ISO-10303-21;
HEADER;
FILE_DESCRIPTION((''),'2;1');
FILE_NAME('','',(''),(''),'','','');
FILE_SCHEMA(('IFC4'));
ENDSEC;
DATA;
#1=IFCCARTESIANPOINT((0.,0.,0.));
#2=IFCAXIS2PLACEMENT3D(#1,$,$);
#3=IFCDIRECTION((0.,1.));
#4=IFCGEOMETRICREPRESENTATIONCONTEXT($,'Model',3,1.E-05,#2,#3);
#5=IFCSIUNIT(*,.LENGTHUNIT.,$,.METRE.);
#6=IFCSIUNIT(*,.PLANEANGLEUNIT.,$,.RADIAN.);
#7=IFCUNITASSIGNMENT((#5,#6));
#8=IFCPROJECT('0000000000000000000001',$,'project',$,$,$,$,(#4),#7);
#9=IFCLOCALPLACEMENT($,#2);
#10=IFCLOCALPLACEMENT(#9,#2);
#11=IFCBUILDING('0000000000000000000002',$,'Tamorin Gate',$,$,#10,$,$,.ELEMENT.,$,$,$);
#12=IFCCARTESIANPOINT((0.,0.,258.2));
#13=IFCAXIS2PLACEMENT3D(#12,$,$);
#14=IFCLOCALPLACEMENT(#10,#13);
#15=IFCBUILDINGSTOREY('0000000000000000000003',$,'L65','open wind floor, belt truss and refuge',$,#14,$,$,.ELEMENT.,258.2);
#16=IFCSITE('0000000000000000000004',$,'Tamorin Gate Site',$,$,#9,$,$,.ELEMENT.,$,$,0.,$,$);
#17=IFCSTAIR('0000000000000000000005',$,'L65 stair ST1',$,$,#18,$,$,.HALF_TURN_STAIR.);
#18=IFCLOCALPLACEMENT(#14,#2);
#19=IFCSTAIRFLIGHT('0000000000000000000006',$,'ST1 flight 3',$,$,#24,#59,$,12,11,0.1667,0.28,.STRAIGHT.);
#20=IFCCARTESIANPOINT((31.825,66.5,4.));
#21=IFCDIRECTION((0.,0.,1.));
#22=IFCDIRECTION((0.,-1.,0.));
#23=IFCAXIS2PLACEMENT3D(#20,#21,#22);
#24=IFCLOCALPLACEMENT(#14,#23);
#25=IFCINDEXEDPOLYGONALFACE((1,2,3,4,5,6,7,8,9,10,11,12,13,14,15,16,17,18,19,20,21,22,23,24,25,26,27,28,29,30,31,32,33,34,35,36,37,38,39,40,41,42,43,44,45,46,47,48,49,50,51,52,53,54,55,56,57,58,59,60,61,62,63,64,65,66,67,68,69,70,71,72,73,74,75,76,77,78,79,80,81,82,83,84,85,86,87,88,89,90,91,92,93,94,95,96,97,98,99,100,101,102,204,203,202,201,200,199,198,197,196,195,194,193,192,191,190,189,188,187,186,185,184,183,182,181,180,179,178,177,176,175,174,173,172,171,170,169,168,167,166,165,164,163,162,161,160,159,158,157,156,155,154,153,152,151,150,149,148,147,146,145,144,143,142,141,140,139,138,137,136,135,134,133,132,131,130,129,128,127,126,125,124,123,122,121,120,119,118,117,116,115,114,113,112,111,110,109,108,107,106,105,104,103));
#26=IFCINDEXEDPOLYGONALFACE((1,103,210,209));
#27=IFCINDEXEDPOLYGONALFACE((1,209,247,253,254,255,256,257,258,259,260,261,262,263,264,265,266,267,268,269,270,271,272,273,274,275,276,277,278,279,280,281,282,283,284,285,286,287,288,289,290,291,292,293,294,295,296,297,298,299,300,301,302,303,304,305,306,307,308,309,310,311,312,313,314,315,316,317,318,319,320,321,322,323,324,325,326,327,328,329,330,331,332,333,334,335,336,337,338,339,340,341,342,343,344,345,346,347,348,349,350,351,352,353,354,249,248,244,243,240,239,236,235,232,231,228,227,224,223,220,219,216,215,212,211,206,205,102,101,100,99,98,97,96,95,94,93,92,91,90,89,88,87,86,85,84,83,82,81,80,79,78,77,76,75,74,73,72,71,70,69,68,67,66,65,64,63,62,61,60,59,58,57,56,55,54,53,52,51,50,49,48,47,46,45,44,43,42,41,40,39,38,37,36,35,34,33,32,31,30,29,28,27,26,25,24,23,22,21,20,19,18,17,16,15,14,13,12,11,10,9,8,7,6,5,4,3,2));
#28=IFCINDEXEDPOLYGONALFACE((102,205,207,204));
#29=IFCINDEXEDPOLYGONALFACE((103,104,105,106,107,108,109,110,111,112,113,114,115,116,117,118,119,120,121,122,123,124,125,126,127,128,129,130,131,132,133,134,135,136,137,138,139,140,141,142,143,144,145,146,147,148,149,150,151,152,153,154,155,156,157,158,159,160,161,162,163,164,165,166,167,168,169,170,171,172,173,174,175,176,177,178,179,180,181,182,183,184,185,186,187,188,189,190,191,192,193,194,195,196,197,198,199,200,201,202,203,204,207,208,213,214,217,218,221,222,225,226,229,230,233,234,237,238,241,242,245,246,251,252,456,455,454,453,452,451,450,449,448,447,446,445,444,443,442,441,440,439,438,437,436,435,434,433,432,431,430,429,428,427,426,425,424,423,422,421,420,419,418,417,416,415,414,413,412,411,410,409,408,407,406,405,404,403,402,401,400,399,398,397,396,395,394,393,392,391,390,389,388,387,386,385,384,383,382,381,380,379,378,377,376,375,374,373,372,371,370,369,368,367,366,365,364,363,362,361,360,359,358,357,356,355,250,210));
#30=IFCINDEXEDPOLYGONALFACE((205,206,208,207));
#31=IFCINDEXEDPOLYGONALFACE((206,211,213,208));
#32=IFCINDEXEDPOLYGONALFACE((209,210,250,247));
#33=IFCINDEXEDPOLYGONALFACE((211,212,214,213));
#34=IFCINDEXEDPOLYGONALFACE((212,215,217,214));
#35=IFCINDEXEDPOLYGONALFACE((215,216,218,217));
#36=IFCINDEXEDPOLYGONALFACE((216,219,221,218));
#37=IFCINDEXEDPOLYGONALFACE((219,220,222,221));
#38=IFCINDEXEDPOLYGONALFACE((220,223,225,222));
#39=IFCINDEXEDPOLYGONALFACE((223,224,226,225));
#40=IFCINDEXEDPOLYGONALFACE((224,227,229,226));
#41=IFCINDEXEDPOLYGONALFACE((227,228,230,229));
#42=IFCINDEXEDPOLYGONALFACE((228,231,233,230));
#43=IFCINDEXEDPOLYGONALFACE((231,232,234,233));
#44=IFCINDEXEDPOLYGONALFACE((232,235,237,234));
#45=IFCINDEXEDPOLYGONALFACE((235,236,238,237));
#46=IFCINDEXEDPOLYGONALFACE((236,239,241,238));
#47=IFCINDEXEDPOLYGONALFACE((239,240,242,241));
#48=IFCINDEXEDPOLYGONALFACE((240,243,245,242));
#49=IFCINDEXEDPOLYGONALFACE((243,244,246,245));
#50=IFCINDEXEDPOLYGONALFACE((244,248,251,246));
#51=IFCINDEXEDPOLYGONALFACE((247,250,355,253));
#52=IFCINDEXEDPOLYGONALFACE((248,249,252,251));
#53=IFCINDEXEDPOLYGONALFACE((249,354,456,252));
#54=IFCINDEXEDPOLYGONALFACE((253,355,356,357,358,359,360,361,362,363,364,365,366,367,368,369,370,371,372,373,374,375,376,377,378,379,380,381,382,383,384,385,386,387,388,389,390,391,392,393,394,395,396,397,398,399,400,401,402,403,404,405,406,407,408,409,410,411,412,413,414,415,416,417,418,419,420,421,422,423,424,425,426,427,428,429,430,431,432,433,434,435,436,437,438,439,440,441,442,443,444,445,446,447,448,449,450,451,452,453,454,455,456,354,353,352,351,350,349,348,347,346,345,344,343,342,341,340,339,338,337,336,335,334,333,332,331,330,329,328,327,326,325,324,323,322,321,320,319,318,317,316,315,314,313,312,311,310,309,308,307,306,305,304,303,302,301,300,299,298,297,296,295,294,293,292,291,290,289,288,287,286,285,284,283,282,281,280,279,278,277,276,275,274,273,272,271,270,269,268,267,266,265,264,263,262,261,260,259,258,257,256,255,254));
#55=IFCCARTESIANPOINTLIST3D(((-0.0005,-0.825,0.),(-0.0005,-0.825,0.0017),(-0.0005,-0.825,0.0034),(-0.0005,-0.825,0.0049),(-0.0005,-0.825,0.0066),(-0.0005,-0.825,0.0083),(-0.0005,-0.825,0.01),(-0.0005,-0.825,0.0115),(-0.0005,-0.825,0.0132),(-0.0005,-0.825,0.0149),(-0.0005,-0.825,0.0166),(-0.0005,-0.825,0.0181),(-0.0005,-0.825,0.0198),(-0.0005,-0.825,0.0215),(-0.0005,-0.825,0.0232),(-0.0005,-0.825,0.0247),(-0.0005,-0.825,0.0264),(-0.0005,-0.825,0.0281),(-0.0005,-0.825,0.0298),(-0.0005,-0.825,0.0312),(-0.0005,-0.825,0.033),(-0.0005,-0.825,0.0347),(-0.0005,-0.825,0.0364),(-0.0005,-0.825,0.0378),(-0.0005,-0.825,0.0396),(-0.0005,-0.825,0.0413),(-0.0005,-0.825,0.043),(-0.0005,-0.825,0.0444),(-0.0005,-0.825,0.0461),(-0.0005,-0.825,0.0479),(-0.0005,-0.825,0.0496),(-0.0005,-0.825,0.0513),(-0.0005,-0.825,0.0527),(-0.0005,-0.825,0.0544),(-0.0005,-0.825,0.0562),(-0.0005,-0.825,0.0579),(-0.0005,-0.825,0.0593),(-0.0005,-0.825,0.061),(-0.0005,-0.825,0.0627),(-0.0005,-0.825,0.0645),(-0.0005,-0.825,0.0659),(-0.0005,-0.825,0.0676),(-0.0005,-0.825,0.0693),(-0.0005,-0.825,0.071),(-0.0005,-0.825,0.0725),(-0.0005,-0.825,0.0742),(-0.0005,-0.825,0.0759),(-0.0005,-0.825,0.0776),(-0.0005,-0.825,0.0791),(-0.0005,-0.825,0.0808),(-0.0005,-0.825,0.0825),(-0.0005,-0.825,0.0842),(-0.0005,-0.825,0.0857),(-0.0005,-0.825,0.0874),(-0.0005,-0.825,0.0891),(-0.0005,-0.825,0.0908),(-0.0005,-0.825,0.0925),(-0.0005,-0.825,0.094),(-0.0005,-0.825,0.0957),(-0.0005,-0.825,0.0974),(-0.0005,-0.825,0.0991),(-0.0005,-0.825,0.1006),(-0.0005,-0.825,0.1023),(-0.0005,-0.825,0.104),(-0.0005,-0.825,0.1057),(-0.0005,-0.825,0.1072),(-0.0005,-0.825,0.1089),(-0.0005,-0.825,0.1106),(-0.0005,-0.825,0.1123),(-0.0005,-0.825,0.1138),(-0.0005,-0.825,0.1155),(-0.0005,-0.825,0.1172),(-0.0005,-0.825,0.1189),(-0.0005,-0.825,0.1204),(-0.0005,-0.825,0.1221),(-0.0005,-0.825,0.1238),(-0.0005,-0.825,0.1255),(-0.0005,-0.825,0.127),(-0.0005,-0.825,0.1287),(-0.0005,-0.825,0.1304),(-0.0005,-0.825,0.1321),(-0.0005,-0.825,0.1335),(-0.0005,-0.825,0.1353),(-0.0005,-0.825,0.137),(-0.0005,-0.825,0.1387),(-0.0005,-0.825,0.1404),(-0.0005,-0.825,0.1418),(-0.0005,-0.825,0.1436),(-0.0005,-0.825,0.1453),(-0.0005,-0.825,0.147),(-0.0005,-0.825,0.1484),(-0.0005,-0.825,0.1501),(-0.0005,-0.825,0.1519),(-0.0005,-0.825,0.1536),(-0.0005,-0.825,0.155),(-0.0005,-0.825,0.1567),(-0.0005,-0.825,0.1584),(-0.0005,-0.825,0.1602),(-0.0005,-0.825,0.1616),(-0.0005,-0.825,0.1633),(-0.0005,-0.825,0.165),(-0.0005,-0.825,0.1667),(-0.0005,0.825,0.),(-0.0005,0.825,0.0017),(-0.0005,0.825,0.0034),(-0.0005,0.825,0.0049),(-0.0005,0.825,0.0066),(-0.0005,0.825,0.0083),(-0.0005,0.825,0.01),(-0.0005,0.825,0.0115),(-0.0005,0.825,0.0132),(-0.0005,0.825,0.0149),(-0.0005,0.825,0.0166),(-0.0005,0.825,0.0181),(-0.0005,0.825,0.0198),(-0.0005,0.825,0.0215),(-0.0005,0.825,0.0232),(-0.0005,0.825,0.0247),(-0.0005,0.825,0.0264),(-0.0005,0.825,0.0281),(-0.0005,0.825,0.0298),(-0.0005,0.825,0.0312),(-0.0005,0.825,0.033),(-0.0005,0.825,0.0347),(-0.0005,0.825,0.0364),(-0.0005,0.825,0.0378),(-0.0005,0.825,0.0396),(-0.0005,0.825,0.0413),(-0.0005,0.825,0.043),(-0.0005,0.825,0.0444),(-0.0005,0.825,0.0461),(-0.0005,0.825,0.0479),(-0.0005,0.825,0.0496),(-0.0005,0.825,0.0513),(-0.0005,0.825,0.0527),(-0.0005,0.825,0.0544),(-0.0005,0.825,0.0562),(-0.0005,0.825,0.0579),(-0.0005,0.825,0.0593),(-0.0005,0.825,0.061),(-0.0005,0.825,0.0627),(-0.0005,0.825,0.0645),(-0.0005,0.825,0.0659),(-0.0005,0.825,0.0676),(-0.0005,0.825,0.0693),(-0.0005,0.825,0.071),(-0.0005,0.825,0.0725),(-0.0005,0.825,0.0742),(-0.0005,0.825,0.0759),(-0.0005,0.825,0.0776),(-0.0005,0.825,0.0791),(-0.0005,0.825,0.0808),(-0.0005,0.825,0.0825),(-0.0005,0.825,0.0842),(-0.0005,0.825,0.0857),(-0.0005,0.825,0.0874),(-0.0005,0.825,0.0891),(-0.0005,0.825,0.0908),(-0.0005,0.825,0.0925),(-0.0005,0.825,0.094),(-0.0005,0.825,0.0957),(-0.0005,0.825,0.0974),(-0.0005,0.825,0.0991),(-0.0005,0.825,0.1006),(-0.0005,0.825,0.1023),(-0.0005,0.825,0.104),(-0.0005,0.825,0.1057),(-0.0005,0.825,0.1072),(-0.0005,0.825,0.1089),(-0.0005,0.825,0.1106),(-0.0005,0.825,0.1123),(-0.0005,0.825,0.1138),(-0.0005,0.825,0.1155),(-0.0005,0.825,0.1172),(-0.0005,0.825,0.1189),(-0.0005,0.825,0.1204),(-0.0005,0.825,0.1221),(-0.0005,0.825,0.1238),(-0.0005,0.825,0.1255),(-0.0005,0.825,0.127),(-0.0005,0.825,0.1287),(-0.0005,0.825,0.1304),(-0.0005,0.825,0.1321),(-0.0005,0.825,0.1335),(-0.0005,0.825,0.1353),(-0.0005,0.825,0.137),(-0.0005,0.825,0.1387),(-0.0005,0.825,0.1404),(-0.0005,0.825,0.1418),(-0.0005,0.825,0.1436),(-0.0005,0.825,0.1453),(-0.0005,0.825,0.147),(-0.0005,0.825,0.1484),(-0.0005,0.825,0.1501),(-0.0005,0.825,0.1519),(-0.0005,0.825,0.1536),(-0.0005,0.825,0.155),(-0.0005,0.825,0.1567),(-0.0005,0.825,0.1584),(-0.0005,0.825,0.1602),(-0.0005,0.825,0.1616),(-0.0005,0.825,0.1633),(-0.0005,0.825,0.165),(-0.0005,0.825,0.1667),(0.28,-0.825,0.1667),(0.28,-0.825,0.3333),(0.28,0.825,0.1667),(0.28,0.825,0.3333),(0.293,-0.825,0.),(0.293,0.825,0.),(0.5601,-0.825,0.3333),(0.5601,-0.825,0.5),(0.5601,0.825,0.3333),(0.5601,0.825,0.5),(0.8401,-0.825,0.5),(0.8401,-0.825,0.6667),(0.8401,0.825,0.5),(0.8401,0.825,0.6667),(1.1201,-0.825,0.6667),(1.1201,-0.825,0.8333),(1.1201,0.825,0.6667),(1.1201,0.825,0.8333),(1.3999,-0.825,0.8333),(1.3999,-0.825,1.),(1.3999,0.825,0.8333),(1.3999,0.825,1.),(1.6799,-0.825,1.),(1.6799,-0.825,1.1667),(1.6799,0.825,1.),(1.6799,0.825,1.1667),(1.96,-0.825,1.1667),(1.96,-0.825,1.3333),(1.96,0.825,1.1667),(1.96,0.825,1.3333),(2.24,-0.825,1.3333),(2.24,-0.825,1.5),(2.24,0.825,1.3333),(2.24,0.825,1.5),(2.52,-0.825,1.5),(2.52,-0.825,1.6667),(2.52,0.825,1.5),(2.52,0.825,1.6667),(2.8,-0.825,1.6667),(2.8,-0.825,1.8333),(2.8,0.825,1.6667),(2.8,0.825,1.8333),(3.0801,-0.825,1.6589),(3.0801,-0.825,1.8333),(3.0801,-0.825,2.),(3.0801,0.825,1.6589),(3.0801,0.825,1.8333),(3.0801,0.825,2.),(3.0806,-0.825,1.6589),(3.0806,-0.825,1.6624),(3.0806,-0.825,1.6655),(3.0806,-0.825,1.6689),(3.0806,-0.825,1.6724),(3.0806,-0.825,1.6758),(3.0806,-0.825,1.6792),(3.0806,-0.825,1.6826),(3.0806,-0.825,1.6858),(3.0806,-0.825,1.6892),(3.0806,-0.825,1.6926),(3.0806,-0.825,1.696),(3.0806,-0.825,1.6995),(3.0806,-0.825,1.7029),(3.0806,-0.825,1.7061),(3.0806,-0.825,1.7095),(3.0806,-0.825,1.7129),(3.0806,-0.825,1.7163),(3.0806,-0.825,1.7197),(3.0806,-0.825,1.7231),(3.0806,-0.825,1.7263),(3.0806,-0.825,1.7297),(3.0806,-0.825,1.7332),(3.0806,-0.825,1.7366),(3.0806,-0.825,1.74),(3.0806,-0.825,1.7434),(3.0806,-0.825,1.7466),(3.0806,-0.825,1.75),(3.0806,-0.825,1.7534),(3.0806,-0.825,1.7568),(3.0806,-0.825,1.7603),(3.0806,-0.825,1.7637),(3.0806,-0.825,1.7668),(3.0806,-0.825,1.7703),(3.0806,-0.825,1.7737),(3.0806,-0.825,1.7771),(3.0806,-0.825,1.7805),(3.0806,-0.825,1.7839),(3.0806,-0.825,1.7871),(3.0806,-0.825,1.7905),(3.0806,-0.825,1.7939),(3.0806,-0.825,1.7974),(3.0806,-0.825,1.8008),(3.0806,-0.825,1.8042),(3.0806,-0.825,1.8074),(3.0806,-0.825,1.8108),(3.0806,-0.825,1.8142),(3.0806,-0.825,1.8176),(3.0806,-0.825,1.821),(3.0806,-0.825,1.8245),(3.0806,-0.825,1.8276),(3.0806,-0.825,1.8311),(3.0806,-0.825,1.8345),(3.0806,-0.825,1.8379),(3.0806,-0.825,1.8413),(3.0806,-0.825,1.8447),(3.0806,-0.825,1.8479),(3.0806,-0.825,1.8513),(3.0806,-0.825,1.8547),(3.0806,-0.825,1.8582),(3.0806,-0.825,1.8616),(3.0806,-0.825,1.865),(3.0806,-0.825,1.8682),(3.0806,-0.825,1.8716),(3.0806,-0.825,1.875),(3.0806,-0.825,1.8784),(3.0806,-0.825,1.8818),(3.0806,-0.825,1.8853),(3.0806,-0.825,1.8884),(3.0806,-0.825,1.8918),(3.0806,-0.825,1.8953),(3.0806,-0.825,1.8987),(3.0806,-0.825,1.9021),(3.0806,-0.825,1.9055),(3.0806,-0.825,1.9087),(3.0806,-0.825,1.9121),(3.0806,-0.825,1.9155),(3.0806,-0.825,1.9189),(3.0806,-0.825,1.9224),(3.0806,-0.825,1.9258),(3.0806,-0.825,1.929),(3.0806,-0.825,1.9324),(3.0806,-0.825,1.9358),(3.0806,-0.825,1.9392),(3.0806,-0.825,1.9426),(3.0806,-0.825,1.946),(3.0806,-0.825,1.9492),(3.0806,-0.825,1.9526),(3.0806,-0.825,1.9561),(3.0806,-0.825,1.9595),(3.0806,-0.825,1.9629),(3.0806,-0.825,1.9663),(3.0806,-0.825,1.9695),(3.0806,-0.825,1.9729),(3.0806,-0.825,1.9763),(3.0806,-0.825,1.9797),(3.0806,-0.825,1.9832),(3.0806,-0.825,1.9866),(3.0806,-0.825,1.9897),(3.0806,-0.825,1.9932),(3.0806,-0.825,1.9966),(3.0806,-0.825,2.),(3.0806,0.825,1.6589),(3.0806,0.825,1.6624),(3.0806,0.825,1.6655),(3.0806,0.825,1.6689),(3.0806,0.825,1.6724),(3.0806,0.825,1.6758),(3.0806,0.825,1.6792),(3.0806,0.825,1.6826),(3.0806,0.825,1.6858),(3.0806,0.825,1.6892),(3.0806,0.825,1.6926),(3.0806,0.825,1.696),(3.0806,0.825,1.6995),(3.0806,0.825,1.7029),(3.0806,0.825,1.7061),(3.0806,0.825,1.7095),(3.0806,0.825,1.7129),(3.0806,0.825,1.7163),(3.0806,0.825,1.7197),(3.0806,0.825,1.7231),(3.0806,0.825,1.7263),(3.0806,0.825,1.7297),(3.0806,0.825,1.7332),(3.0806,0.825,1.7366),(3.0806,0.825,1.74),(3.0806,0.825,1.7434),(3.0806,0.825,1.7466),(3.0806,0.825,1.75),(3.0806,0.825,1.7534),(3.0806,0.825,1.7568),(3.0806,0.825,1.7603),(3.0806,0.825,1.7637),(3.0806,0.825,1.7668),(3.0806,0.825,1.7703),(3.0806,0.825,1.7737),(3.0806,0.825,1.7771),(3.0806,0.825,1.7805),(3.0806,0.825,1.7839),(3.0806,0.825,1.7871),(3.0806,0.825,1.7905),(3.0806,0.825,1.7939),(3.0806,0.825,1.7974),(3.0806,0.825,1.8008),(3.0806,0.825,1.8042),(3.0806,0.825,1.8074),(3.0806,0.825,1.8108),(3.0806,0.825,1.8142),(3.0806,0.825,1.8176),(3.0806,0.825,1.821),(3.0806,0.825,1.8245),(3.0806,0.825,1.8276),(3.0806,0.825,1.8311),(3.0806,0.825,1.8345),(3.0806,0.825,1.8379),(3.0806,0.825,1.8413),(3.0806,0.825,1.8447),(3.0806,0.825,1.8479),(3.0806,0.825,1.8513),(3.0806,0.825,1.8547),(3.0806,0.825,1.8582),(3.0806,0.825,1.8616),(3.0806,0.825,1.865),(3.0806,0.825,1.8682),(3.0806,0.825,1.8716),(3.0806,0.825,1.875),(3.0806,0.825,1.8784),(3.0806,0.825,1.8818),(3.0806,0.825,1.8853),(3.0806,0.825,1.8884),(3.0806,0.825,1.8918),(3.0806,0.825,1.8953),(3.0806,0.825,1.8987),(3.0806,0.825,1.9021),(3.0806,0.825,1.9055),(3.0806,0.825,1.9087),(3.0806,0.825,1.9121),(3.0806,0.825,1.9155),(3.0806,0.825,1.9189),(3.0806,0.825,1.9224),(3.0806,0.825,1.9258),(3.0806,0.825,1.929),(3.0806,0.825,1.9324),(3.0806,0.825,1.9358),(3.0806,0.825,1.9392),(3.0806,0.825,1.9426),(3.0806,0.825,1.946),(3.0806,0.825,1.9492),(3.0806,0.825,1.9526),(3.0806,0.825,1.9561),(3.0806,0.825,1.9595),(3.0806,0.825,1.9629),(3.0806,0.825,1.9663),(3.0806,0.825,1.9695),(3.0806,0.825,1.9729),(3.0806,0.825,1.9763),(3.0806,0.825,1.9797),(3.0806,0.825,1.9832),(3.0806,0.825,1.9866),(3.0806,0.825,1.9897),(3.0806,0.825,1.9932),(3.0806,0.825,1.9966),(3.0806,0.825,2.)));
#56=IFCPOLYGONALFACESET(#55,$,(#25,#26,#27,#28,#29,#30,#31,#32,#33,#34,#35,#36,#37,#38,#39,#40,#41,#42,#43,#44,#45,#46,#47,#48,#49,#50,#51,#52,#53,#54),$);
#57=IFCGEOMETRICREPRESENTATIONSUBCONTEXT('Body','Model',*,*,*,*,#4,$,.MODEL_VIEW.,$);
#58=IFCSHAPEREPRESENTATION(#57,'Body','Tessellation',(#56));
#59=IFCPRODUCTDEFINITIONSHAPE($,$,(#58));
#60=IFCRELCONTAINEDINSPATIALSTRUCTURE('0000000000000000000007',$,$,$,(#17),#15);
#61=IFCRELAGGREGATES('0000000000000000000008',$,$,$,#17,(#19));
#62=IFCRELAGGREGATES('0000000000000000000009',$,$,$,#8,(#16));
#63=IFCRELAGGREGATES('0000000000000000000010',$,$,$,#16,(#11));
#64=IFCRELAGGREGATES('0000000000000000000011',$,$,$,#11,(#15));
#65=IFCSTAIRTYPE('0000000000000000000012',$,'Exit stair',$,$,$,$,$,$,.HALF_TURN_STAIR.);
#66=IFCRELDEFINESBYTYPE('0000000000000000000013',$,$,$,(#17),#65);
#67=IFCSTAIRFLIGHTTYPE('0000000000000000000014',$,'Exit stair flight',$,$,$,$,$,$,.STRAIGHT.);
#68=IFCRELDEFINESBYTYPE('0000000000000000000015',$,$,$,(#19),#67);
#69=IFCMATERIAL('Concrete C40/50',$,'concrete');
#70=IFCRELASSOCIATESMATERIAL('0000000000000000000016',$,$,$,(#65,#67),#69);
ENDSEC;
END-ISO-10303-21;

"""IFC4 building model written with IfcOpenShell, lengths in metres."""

from ifc_helpers import new_model, si_unit, direction, frame, origin, place, context, subcontext, project, spatial, polyline, outline, extrude, material, type_object, element, aggregate, save


model = new_model("IFC4")

# Units and contexts
model_context = context("Model", 3, precision=1e-05, world=origin(), true_north=direction((0.0, 1.0)))
body_context = subcontext(model_context, "Body", "Model", "MODEL_VIEW")
ifc_project = project(units=[si_unit("LENGTHUNIT", "METRE"), si_unit("PLANEANGLEUNIT", "RADIAN")], contexts=[model_context])

# Site, building, storey
site_placement = place(None, origin())
site = spatial("IfcSite", under=ifc_project, at=site_placement, Name="Tamorin Gate Site", CompositionType="ELEMENT", RefElevation=0.0)
building_placement = place(site_placement, origin())
building = spatial("IfcBuilding", under=site, at=building_placement, Name="Tamorin Gate", CompositionType="ELEMENT")
storey_placement = place(building_placement, frame((0.0, 0.0, 258.2)))
storey = spatial("IfcBuildingStorey", under=building, at=storey_placement, Name="L65", Description="open wind floor, belt truss and refuge", CompositionType="ELEMENT", Elevation=258.2)

# Shared definitions
ifc_material_1 = material(Name="Concrete C40/50", Category="concrete")

# Stair, stair flight
stair_type = type_object("IfcStairType", Name="Exit stair", PredefinedType="HALF_TURN_STAIR", material=ifc_material_1)
stair_1_placement = place(storey_placement, origin())
stair_1 = element("IfcStair", 1, at=stair_1_placement, inside=storey, type_object=stair_type, Name="L65 stair ST1", PredefinedType="HALF_TURN_STAIR")
stair_flight_type = type_object("IfcStairFlightType", Name="Exit stair flight", PredefinedType="STRAIGHT", material=ifc_material_1)
stair_flight_1_placement = place(storey_placement, frame((31.825, 66.5, 4.0), z_axis=(0.0, 0.0, 1.0), x_axis=(0.0, -1.0, 0.0)))
stair_flight_1 = element("IfcStairFlight", 2, at=stair_flight_1_placement, type_object=stair_flight_type, Name="ST1 flight 3", NumberOfRisers=12, NumberOfTreads=11, PredefinedType="STRAIGHT", RiserHeight=0.1667, TreadLength=0.28, context=body_context, shape_type="SweptSolid", body=[
    extrude(outline(polyline([(-0.0005, 0.0), (-0.0005, 0.0017), (-0.0005, 0.0034), (-0.0005, 0.0049), (-0.0005, 0.0066), (-0.0005, 0.0083), (-0.0005, 0.01), (-0.0005, 0.0115), (-0.0005, 0.0132), (-0.0005, 0.0149), (-0.0005, 0.0166), (-0.0005, 0.0181), (-0.0005, 0.0198), (-0.0005, 0.0215), (-0.0005, 0.0232), (-0.0005, 0.0247), (-0.0005, 0.0264), (-0.0005, 0.0281), (-0.0005, 0.0298), (-0.0005, 0.0312), (-0.0005, 0.033), (-0.0005, 0.0347), (-0.0005, 0.0364), (-0.0005, 0.0378), (-0.0005, 0.0396), (-0.0005, 0.0413), (-0.0005, 0.043), (-0.0005, 0.0444), (-0.0005, 0.0461), (-0.0005, 0.0479), (-0.0005, 0.0496), (-0.0005, 0.0513), (-0.0005, 0.0527), (-0.0005, 0.0544), (-0.0005, 0.0562), (-0.0005, 0.0579), (-0.0005, 0.0593), (-0.0005, 0.061), (-0.0005, 0.0627), (-0.0005, 0.0645), (-0.0005, 0.0659), (-0.0005, 0.0676), (-0.0005, 0.0693), (-0.0005, 0.071), (-0.0005, 0.0725), (-0.0005, 0.0742), (-0.0005, 0.0759), (-0.0005, 0.0776), (-0.0005, 0.0791), (-0.0005, 0.0808), (-0.0005, 0.0825), (-0.0005, 0.0842), (-0.0005, 0.0857), (-0.0005, 0.0874), (-0.0005, 0.0891), (-0.0005, 0.0908), (-0.0005, 0.0925), (-0.0005, 0.094), (-0.0005, 0.0957), (-0.0005, 0.0974), (-0.0005, 0.0991), (-0.0005, 0.1006), (-0.0005, 0.1023), (-0.0005, 0.104), (-0.0005, 0.1057), (-0.0005, 0.1072), (-0.0005, 0.1089), (-0.0005, 0.1106), (-0.0005, 0.1123), (-0.0005, 0.1138), (-0.0005, 0.1155), (-0.0005, 0.1172), (-0.0005, 0.1189), (-0.0005, 0.1204), (-0.0005, 0.1221), (-0.0005, 0.1238), (-0.0005, 0.1255), (-0.0005, 0.127), (-0.0005, 0.1287), (-0.0005, 0.1304), (-0.0005, 0.1321), (-0.0005, 0.1335), (-0.0005, 0.1353), (-0.0005, 0.137), (-0.0005, 0.1387), (-0.0005, 0.1404), (-0.0005, 0.1418), (-0.0005, 0.1436), (-0.0005, 0.1453), (-0.0005, 0.147), (-0.0005, 0.1484), (-0.0005, 0.1501), (-0.0005, 0.1519), (-0.0005, 0.1536), (-0.0005, 0.155), (-0.0005, 0.1567), (-0.0005, 0.1584), (-0.0005, 0.1602), (-0.0005, 0.1616), (-0.0005, 0.1633), (-0.0005, 0.165), (-0.0005, 0.1667), (0.28, 0.1667), (0.28, 0.3333), (0.5601, 0.3333), (0.5601, 0.5), (0.8401, 0.5), (0.8401, 0.6667), (1.1201, 0.6667), (1.1201, 0.8333), (1.3999, 0.8333), (1.3999, 1.0), (1.6799, 1.0), (1.6799, 1.1667), (1.96, 1.1667), (1.96, 1.3333), (2.24, 1.3333), (2.24, 1.5), (2.52, 1.5), (2.52, 1.6667), (2.8, 1.6667), (2.8, 1.8333), (3.0801, 1.8333), (3.0801, 2.0), (3.0806, 2.0), (3.0806, 1.9966), (3.0806, 1.9932), (3.0806, 1.9897), (3.0806, 1.9866), (3.0806, 1.9832), (3.0806, 1.9797), (3.0806, 1.9763), (3.0806, 1.9729), (3.0806, 1.9695), (3.0806, 1.9663), (3.0806, 1.9629), (3.0806, 1.9595), (3.0806, 1.9561), (3.0806, 1.9526), (3.0806, 1.9492), (3.0806, 1.946), (3.0806, 1.9426), (3.0806, 1.9392), (3.0806, 1.9358), (3.0806, 1.9324), (3.0806, 1.929), (3.0806, 1.9258), (3.0806, 1.9224), (3.0806, 1.9189), (3.0806, 1.9155), (3.0806, 1.9121), (3.0806, 1.9087), (3.0806, 1.9055), (3.0806, 1.9021), (3.0806, 1.8987), (3.0806, 1.8953), (3.0806, 1.8918), (3.0806, 1.8884), (3.0806, 1.8853), (3.0806, 1.8818), (3.0806, 1.8784), (3.0806, 1.875), (3.0806, 1.8716), (3.0806, 1.8682), (3.0806, 1.865), (3.0806, 1.8616), (3.0806, 1.8582), (3.0806, 1.8547), (3.0806, 1.8513), (3.0806, 1.8479), (3.0806, 1.8447), (3.0806, 1.8413), (3.0806, 1.8379), (3.0806, 1.8345), (3.0806, 1.8311), (3.0806, 1.8276), (3.0806, 1.8245), (3.0806, 1.821), (3.0806, 1.8176), (3.0806, 1.8142), (3.0806, 1.8108), (3.0806, 1.8074), (3.0806, 1.8042), (3.0806, 1.8008), (3.0806, 1.7974), (3.0806, 1.7939), (3.0806, 1.7905), (3.0806, 1.7871), (3.0806, 1.7839), (3.0806, 1.7805), (3.0806, 1.7771), (3.0806, 1.7737), (3.0806, 1.7703), (3.0806, 1.7668), (3.0806, 1.7637), (3.0806, 1.7603), (3.0806, 1.7568), (3.0806, 1.7534), (3.0806, 1.75), (3.0806, 1.7466), (3.0806, 1.7434), (3.0806, 1.74), (3.0806, 1.7366), (3.0806, 1.7332), (3.0806, 1.7297), (3.0806, 1.7263), (3.0806, 1.7231), (3.0806, 1.7197), (3.0806, 1.7163), (3.0806, 1.7129), (3.0806, 1.7095), (3.0806, 1.7061), (3.0806, 1.7029), (3.0806, 1.6995), (3.0806, 1.696), (3.0806, 1.6926), (3.0806, 1.6892), (3.0806, 1.6858), (3.0806, 1.6826), (3.0806, 1.6792), (3.0806, 1.6758), (3.0806, 1.6724), (3.0806, 1.6689), (3.0806, 1.6655), (3.0806, 1.6624), (3.0806, 1.6589), (3.0801, 1.6589), (0.293, 0.0), (-0.0005, 0.0)])), frame((0.0, 0.825, 0.0), z_axis=(0.0, -1.0, 0.0), x_axis=(1.0, 0.0, 0.0)), (0.0, 0.0, 1.0), 1.6499),
])
aggregate(stair_1, [stair_flight_1])

save(model, "model.ifc")
